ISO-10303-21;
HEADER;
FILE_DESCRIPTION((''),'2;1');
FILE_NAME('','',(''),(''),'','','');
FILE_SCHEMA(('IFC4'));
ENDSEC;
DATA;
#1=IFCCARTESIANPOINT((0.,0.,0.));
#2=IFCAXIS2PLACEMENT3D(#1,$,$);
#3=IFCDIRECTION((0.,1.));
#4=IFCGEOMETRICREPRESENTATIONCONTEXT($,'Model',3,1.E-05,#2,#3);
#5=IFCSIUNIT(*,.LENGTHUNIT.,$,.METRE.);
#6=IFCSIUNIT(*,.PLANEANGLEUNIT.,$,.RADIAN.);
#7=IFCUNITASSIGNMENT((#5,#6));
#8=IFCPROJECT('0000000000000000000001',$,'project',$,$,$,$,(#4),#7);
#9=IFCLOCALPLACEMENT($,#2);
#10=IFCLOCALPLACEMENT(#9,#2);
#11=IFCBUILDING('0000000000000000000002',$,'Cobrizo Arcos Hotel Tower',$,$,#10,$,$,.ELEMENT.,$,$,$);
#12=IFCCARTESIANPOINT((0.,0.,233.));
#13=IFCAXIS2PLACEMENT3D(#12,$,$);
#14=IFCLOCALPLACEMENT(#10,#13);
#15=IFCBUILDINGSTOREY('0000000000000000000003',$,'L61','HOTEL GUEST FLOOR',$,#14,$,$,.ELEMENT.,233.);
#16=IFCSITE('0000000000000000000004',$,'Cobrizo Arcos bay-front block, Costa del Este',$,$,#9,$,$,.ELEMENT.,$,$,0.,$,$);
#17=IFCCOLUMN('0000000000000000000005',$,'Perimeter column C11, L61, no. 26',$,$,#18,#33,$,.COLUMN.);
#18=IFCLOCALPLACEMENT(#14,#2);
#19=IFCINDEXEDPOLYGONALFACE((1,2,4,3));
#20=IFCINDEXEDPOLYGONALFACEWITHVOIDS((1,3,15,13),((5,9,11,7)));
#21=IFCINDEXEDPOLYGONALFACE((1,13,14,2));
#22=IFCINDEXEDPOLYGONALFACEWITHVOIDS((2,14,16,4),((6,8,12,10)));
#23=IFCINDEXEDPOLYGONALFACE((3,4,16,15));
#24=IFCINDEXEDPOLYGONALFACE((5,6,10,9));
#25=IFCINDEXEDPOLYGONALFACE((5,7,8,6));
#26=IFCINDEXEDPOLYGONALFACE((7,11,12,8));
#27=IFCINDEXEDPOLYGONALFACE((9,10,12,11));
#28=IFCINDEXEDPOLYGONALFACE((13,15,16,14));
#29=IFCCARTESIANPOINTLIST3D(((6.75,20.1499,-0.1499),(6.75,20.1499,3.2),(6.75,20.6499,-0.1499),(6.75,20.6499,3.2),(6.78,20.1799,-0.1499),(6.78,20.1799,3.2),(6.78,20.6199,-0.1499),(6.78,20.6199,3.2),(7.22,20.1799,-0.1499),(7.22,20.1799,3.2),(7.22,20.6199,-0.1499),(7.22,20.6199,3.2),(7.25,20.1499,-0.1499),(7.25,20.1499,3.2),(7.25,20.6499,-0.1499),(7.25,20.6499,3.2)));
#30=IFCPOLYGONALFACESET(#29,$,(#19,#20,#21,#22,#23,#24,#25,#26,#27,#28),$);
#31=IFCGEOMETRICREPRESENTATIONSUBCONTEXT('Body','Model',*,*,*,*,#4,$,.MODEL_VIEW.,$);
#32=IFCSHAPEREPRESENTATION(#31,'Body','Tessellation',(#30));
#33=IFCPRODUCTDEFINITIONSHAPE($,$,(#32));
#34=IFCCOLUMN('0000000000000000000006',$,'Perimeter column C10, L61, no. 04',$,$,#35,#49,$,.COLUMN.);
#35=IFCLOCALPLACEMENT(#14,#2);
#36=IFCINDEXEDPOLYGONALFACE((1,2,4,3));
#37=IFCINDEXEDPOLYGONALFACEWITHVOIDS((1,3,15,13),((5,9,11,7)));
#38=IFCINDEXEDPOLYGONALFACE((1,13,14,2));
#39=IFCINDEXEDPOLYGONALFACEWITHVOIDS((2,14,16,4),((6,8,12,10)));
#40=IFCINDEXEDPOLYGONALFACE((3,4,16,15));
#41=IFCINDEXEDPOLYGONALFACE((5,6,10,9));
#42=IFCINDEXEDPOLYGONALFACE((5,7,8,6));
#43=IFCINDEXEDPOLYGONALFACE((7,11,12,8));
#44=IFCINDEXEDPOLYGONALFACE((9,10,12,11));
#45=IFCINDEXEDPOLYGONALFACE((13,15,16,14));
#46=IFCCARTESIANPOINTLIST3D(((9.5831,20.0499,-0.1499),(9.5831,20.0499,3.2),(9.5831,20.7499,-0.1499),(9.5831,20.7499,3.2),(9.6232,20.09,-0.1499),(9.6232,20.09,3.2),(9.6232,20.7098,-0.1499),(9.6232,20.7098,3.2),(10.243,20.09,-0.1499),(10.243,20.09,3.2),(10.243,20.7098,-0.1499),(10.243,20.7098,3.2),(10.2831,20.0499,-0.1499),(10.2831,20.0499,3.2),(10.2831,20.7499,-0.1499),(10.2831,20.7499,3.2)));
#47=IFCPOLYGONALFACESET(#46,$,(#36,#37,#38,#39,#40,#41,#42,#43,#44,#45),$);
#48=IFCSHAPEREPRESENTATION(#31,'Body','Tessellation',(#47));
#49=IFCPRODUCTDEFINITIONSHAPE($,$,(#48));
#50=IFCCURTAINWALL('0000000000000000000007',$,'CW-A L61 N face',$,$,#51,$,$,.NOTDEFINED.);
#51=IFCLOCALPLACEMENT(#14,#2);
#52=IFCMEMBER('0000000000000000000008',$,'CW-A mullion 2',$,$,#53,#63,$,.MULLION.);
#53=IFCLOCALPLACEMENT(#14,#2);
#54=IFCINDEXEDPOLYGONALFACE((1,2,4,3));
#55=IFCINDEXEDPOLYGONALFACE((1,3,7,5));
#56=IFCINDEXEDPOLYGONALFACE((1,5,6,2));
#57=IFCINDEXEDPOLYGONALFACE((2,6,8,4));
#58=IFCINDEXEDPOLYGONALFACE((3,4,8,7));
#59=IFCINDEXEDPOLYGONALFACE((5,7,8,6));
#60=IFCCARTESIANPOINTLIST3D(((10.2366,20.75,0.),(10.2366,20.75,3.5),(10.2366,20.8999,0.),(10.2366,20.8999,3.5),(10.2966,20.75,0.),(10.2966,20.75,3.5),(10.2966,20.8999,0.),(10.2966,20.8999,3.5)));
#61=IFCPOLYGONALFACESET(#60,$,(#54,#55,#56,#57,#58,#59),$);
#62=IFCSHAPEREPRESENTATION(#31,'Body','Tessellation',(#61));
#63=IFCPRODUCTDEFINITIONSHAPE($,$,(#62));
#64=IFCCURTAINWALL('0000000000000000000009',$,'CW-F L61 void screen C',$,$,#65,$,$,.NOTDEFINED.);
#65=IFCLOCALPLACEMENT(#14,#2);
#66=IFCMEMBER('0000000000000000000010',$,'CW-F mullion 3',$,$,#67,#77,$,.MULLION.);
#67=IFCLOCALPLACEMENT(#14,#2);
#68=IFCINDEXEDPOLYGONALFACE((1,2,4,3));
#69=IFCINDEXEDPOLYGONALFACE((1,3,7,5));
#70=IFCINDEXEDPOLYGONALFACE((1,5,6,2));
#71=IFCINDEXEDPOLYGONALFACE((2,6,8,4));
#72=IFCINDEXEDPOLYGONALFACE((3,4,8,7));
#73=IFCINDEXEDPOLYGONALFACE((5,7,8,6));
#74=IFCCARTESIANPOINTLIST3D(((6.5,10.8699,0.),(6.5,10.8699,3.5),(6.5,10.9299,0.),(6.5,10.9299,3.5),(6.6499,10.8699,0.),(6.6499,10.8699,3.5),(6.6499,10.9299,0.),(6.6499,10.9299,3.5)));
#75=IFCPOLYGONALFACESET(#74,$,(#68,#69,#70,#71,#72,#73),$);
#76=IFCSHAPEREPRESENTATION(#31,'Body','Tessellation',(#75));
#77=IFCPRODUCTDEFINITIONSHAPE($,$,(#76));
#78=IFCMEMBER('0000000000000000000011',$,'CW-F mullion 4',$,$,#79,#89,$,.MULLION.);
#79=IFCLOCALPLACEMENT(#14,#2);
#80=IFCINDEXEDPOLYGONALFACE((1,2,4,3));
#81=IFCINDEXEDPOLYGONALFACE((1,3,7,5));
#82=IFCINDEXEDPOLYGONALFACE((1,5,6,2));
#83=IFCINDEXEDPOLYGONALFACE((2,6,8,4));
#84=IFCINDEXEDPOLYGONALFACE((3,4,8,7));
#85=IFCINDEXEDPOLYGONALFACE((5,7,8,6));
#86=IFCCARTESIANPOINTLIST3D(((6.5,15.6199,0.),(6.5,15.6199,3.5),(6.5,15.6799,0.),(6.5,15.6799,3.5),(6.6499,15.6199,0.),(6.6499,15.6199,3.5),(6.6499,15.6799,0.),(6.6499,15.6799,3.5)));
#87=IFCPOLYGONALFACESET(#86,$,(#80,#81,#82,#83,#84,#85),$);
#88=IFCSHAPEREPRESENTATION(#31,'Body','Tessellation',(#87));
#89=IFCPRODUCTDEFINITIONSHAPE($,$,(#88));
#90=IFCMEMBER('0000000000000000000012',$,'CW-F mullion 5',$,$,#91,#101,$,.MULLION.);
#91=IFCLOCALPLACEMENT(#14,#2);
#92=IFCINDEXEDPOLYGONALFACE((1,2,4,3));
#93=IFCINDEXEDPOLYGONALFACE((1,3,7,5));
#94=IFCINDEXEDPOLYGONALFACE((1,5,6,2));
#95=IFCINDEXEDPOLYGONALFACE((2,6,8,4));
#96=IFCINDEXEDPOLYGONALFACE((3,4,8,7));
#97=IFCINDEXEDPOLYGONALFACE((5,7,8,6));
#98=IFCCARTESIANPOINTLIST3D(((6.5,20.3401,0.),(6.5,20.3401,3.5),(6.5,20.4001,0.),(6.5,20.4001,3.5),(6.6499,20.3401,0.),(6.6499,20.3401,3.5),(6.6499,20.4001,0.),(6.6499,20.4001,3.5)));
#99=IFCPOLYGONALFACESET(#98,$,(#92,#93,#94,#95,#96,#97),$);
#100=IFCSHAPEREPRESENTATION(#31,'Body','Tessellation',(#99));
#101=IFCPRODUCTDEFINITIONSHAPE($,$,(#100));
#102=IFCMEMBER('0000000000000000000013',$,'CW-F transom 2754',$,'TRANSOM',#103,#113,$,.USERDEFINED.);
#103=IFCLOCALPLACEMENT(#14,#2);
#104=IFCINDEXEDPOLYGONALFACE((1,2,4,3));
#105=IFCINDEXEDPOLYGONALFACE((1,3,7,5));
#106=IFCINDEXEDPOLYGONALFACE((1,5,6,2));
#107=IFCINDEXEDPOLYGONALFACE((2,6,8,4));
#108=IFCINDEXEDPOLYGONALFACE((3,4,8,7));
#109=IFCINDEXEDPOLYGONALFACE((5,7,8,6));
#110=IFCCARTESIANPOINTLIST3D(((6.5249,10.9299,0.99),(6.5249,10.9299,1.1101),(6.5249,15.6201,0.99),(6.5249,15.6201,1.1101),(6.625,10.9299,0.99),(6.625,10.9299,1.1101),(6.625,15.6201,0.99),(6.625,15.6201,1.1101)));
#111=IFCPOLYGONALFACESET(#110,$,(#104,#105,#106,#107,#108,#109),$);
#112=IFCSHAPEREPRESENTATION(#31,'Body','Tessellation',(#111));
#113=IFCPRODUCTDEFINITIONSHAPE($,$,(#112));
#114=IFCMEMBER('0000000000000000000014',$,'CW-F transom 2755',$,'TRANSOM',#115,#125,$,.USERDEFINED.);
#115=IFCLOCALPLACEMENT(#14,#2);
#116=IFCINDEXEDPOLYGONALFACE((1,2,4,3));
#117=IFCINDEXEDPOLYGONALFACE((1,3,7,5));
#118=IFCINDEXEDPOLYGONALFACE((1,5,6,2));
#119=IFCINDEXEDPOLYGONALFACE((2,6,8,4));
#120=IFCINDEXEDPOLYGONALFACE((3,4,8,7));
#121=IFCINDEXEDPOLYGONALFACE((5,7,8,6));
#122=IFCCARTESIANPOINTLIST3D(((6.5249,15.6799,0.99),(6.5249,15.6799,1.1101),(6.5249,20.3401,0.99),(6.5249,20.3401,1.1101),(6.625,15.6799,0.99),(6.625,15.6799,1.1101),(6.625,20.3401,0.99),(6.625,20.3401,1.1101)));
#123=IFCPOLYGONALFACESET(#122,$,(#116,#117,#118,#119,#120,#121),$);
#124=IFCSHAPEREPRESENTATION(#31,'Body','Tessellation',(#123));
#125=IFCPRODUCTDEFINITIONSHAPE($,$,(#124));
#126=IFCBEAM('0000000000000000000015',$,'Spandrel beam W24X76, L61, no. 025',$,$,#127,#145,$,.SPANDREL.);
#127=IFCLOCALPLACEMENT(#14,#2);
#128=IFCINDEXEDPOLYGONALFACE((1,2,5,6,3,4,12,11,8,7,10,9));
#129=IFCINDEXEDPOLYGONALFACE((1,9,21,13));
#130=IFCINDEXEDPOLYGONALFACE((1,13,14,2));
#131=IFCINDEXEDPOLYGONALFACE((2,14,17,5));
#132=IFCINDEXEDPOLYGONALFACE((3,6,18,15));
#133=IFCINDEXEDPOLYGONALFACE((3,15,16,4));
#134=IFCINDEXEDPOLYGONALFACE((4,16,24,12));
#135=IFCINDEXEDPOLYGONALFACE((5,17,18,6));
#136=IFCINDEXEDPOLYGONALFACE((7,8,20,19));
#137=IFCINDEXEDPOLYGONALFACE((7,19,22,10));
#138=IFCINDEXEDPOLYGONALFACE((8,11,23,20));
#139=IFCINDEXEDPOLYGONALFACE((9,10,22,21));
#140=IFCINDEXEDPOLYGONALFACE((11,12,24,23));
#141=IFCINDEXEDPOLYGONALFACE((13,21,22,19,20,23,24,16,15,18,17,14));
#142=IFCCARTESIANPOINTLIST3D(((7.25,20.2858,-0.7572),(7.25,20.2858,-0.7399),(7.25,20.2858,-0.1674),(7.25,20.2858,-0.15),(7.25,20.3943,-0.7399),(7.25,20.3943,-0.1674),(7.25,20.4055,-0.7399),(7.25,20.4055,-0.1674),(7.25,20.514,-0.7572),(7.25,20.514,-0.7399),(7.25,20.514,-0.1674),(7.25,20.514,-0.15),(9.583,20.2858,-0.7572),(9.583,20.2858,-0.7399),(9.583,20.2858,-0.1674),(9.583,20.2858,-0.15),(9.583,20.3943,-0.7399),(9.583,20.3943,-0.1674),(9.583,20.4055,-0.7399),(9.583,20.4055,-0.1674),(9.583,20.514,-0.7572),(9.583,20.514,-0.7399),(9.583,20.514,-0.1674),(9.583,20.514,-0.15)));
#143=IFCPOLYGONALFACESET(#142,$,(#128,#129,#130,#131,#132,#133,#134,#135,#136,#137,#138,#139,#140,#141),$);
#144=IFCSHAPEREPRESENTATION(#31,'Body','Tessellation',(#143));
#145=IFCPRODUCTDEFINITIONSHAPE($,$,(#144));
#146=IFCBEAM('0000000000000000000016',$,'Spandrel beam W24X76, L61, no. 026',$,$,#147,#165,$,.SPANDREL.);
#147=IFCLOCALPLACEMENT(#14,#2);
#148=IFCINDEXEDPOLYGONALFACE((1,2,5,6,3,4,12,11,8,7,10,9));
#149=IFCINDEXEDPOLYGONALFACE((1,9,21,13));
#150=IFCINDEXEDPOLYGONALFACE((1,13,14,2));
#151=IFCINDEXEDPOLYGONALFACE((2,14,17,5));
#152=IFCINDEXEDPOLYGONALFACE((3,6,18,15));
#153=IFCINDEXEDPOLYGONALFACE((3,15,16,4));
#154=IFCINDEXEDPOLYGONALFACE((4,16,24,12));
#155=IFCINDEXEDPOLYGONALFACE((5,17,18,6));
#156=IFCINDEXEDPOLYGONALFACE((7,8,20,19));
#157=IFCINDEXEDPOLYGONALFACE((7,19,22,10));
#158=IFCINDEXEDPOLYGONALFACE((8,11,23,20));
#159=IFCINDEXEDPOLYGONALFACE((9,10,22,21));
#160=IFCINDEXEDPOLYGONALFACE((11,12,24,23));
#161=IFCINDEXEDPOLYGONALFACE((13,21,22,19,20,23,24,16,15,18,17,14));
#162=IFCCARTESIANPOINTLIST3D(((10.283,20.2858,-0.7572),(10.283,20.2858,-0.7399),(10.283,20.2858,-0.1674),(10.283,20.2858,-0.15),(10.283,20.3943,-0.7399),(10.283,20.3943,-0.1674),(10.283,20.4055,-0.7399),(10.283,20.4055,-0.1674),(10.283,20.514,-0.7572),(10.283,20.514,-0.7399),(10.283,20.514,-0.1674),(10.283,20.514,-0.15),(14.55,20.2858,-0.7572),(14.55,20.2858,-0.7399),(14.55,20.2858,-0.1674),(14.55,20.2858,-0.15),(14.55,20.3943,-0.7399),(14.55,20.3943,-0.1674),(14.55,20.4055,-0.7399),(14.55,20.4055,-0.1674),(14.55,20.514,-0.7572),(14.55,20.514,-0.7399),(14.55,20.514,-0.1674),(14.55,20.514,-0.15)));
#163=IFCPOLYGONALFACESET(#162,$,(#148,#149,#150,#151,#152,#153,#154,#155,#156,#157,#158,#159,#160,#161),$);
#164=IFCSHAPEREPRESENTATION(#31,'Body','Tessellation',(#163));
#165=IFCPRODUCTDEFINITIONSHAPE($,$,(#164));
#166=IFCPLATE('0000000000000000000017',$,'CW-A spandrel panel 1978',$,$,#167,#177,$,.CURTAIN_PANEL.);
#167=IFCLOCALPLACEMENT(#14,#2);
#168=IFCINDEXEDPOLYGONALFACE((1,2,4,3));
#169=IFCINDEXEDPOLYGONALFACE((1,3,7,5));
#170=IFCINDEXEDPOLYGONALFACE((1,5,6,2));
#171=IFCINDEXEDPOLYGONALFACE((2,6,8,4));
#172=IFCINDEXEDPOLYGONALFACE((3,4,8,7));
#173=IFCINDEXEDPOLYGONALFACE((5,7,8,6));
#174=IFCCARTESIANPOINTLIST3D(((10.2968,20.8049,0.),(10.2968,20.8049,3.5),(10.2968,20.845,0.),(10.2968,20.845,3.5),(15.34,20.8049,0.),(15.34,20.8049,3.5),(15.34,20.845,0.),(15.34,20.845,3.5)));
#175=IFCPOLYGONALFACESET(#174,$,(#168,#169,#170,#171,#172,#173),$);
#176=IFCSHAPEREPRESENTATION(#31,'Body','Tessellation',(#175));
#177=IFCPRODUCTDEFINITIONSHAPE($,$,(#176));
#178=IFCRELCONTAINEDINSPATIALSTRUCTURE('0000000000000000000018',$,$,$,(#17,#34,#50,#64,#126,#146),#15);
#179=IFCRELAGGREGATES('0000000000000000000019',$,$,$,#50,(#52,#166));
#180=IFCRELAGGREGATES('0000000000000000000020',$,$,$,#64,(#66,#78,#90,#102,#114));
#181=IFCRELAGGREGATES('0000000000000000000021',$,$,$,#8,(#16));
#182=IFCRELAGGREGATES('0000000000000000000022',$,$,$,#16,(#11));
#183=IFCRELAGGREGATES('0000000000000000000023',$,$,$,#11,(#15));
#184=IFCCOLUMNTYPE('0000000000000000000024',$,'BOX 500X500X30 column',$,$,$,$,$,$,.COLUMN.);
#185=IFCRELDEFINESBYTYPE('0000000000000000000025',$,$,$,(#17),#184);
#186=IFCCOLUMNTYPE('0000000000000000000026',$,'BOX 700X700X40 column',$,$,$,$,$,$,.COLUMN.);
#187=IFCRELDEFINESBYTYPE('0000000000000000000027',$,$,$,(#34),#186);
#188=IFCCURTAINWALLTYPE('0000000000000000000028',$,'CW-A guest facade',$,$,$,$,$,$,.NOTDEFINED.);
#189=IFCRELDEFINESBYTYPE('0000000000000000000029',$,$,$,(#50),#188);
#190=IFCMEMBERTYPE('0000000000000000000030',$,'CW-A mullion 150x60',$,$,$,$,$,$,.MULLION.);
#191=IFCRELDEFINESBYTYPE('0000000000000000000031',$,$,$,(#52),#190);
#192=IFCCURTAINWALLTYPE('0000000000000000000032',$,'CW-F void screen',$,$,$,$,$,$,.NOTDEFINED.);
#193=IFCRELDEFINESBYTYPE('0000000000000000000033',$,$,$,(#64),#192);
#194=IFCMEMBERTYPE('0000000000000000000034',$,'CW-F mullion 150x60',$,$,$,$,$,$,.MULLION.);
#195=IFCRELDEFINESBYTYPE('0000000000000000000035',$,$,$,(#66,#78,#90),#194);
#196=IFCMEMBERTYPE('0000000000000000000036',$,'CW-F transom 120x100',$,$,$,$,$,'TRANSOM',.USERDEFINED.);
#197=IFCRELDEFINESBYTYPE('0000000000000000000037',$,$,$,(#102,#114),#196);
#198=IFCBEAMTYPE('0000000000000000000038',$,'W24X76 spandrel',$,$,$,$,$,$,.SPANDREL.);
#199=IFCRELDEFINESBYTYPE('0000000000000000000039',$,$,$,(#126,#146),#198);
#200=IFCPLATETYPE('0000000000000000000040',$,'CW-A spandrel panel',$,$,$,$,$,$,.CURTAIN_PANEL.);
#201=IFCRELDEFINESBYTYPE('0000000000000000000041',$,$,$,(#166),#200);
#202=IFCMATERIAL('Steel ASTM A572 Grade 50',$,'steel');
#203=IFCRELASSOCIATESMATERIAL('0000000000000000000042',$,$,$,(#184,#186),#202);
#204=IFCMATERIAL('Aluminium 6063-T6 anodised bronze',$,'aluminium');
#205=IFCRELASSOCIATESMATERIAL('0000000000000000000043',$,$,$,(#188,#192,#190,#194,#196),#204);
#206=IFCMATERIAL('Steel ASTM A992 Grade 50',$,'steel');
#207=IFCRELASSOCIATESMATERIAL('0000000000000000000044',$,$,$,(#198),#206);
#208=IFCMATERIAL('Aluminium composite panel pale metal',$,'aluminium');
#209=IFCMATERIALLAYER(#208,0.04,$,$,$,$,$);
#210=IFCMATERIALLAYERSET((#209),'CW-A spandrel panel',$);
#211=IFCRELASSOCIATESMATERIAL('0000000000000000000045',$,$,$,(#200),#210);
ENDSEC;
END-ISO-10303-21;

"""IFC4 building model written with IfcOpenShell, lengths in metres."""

from ifc_helpers import new_model, si_unit, direction, frame, origin, origin_2d, place, context, subcontext, project, spatial, rectangle, hollow_rectangle, i_section, extrude, material, layer, layer_set, material_profile, profile_set, type_object, element, aggregate, save


model = new_model("IFC4")

# Units and contexts
model_context = context("Model", 3, precision=1e-05, world=origin(), true_north=direction((0.0, 1.0)))
body_context = subcontext(model_context, "Body", "Model", "MODEL_VIEW")
ifc_project = project(units=[si_unit("LENGTHUNIT", "METRE"), si_unit("PLANEANGLEUNIT", "RADIAN")], contexts=[model_context])

# Site, building, storey
site_placement = place(None, origin())
site = spatial("IfcSite", under=ifc_project, at=site_placement, Name="Cobrizo Arcos bay-front block, Costa del Este", CompositionType="ELEMENT", RefElevation=0.0)
building_placement = place(site_placement, origin())
building = spatial("IfcBuilding", under=site, at=building_placement, Name="Cobrizo Arcos Hotel Tower", CompositionType="ELEMENT")
storey_placement = place(building_placement, frame((0.0, 0.0, 233.0)))
storey = spatial("IfcBuildingStorey", under=building, at=storey_placement, Name="L61", Description="HOTEL GUEST FLOOR", CompositionType="ELEMENT", Elevation=233.0)

# Columns
ifc_material_1 = material(Name="Steel ASTM A572 Grade 50", Category="steel")
ifc_material_profile_1 = material_profile(ifc_material_1, hollow_rectangle(XDim=0.5, YDim=0.5, WallThickness=0.03, at=origin_2d()), Name="BOX 500X500X30")
ifc_profile_set_1 = profile_set([ifc_material_profile_1], Name="Steel ASTM A572 Grade 50")
column_type_1 = type_object("IfcColumnType", Name="BOX 500X500X30 column", PredefinedType="COLUMN", material=ifc_profile_set_1)
column_1_placement = place(storey_placement, frame((7.0, 20.3999, -0.1499), z_axis=(0.0, 0.0, 1.0), x_axis=(1.0, 0.0, 0.0)))
element("IfcColumn", 1, at=column_1_placement, inside=storey, type_object=column_type_1, Name="Perimeter column C11, L61, no. 26", PredefinedType="COLUMN", context=body_context, shape_type="SweptSolid", body=[
    extrude(hollow_rectangle(XDim=0.5, YDim=0.5, WallThickness=0.03, at=origin_2d()), origin(), (0.0, 0.0, 1.0), 3.3499),
])
ifc_material_profile_2 = material_profile(ifc_material_1, hollow_rectangle(XDim=0.7, YDim=0.7, WallThickness=0.04, at=origin_2d()), Name="BOX 700X700X40")
ifc_profile_set_2 = profile_set([ifc_material_profile_2], Name="Steel ASTM A572 Grade 50")
column_type_2 = type_object("IfcColumnType", Name="BOX 700X700X40 column", PredefinedType="COLUMN", material=ifc_profile_set_2)
column_2_placement = place(storey_placement, frame((9.9331, 20.3999, -0.1499), z_axis=(0.0, 0.0, 1.0), x_axis=(1.0, 0.0, 0.0)))
element("IfcColumn", 2, at=column_2_placement, inside=storey, type_object=column_type_2, Name="Perimeter column C10, L61, no. 04", PredefinedType="COLUMN", context=body_context, shape_type="SweptSolid", body=[
    extrude(hollow_rectangle(XDim=0.7, YDim=0.7, WallThickness=0.04, at=origin_2d()), origin(), (0.0, 0.0, 1.0), 3.3499),
])

# Curtain wall, member
ifc_material_2 = material(Name="Aluminium 6063-T6 anodised bronze", Category="aluminium")
curtain_wall_type_1 = type_object("IfcCurtainWallType", Name="CW-A guest facade", PredefinedType="NOTDEFINED", material=ifc_material_2)
curtain_wall_1_placement = place(storey_placement, origin())
curtain_wall_1 = element("IfcCurtainWall", 3, at=curtain_wall_1_placement, inside=storey, type_object=curtain_wall_type_1, Name="CW-A L61 N face", PredefinedType="NOTDEFINED")
ifc_material_profile_3 = material_profile(ifc_material_2, rectangle(XDim=0.1499, YDim=0.0601, at=origin_2d()), Name="CW-A mullion 150x60")
ifc_profile_set_3 = profile_set([ifc_material_profile_3], Name="Aluminium 6063-T6 anodised bronze")
member_type_1 = type_object("IfcMemberType", Name="CW-A mullion 150x60", PredefinedType="MULLION", material=ifc_profile_set_3)
member_1_placement = place(storey_placement, frame((10.2666, 20.825, 0.0), z_axis=(0.0, 0.0, 1.0), x_axis=(0.0, 1.0, 0.0)))
member_1 = element("IfcMember", 4, at=member_1_placement, type_object=member_type_1, Name="CW-A mullion 2", PredefinedType="MULLION", context=body_context, shape_type="SweptSolid", body=[
    extrude(rectangle(XDim=0.1499, YDim=0.0601, at=origin_2d()), origin(), (0.0, 0.0, 1.0), 3.5),
])

# Curtain wall, members
curtain_wall_type_2 = type_object("IfcCurtainWallType", Name="CW-F void screen", PredefinedType="NOTDEFINED", material=ifc_material_2)
curtain_wall_2_placement = place(storey_placement, origin())
curtain_wall_2 = element("IfcCurtainWall", 5, at=curtain_wall_2_placement, inside=storey, type_object=curtain_wall_type_2, Name="CW-F L61 void screen C", PredefinedType="NOTDEFINED")
ifc_material_profile_4 = material_profile(ifc_material_2, rectangle(XDim=0.1499, YDim=0.0601, at=origin_2d()), Name="CW-F mullion 150x60")
ifc_profile_set_4 = profile_set([ifc_material_profile_4], Name="Aluminium 6063-T6 anodised bronze")
member_type_2 = type_object("IfcMemberType", Name="CW-F mullion 150x60", PredefinedType="MULLION", material=ifc_profile_set_4)
member_2_placement = place(storey_placement, frame((6.575, 10.8999, 0.0), z_axis=(0.0, 0.0, 1.0), x_axis=(1.0, 0.0, 0.0)))
member_2 = element("IfcMember", 6, at=member_2_placement, type_object=member_type_2, Name="CW-F mullion 3", PredefinedType="MULLION", context=body_context, shape_type="SweptSolid", body=[
    extrude(rectangle(XDim=0.1499, YDim=0.0601, at=origin_2d()), origin(), (0.0, 0.0, 1.0), 3.5),
])
member_3_placement = place(storey_placement, frame((6.575, 15.6499, 0.0), z_axis=(0.0, 0.0, 1.0), x_axis=(1.0, 0.0, 0.0)))
member_3 = element("IfcMember", 7, at=member_3_placement, type_object=member_type_2, Name="CW-F mullion 4", PredefinedType="MULLION", context=body_context, shape_type="SweptSolid", body=[
    extrude(rectangle(XDim=0.1499, YDim=0.0601, at=origin_2d()), origin(), (0.0, 0.0, 1.0), 3.5),
])
member_4_placement = place(storey_placement, frame((6.575, 20.3701, 0.0), z_axis=(0.0, 0.0, 1.0), x_axis=(1.0, 0.0, 0.0)))
member_4 = element("IfcMember", 8, at=member_4_placement, type_object=member_type_2, Name="CW-F mullion 5", PredefinedType="MULLION", context=body_context, shape_type="SweptSolid", body=[
    extrude(rectangle(XDim=0.1499, YDim=0.0601, at=origin_2d()), origin(), (0.0, 0.0, 1.0), 3.5),
])
ifc_material_profile_5 = material_profile(ifc_material_2, rectangle(XDim=0.1001, YDim=0.1201, at=origin_2d()), Name="CW-F transom 120x100")
ifc_profile_set_5 = profile_set([ifc_material_profile_5], Name="Aluminium 6063-T6 anodised bronze")
member_type_3 = type_object("IfcMemberType", Name="CW-F transom 120x100", ElementType="TRANSOM", PredefinedType="USERDEFINED", material=ifc_profile_set_5)
member_5_placement = place(storey_placement, frame((6.575, 10.9299, 1.05), z_axis=(0.0, 1.0, 0.0), x_axis=(-1.0, 0.0, 0.0)))
member_5 = element("IfcMember", 9, at=member_5_placement, type_object=member_type_3, Name="CW-F transom 2754", ObjectType="TRANSOM", PredefinedType="USERDEFINED", context=body_context, shape_type="SweptSolid", body=[
    extrude(rectangle(XDim=0.1001, YDim=0.1201, at=origin_2d()), origin(), (0.0, 0.0, 1.0), 4.6902),
])
member_6_placement = place(storey_placement, frame((6.575, 15.6799, 1.05), z_axis=(0.0, 1.0, 0.0), x_axis=(-1.0, 0.0, 0.0)))
member_6 = element("IfcMember", 10, at=member_6_placement, type_object=member_type_3, Name="CW-F transom 2755", ObjectType="TRANSOM", PredefinedType="USERDEFINED", context=body_context, shape_type="SweptSolid", body=[
    extrude(rectangle(XDim=0.1001, YDim=0.1201, at=origin_2d()), origin(), (0.0, 0.0, 1.0), 4.6602),
])

# Beams
ifc_material_3 = material(Name="Steel ASTM A992 Grade 50", Category="steel")
ifc_material_profile_6 = material_profile(ifc_material_3, i_section(OverallWidth=0.2283, OverallDepth=0.6072, WebThickness=0.0112, FlangeThickness=0.0173, at=origin_2d()), Name="W24X76")
ifc_profile_set_6 = profile_set([ifc_material_profile_6], Name="Steel ASTM A992 Grade 50")
beam_type = type_object("IfcBeamType", Name="W24X76 spandrel", PredefinedType="SPANDREL", material=ifc_profile_set_6)
beam_1_placement = place(storey_placement, frame((7.25, 20.3999, -0.4536), z_axis=(1.0, 0.0, 0.0), x_axis=(0.0, 1.0, 0.0)))
element("IfcBeam", 11, at=beam_1_placement, inside=storey, type_object=beam_type, Name="Spandrel beam W24X76, L61, no. 025", PredefinedType="SPANDREL", context=body_context, shape_type="SweptSolid", body=[
    extrude(i_section(OverallWidth=0.2283, OverallDepth=0.6072, WebThickness=0.0112, FlangeThickness=0.0173, at=origin_2d()), origin(), (0.0, 0.0, 1.0), 2.333),
])
beam_2_placement = place(storey_placement, frame((10.283, 20.3999, -0.4536), z_axis=(1.0, 0.0, 0.0), x_axis=(0.0, 1.0, 0.0)))
element("IfcBeam", 12, at=beam_2_placement, inside=storey, type_object=beam_type, Name="Spandrel beam W24X76, L61, no. 026", PredefinedType="SPANDREL", context=body_context, shape_type="SweptSolid", body=[
    extrude(i_section(OverallWidth=0.2283, OverallDepth=0.6072, WebThickness=0.0112, FlangeThickness=0.0173, at=origin_2d()), origin(), (0.0, 0.0, 1.0), 4.2671),
])

# Plate
ifc_material_4 = material(Name="Aluminium composite panel pale metal", Category="aluminium")
ifc_layer_1 = layer(ifc_material_4, 0.04)
ifc_layer_set_1 = layer_set([ifc_layer_1], Name="CW-A spandrel panel")
plate_type_1 = type_object("IfcPlateType", Name="CW-A spandrel panel", PredefinedType="CURTAIN_PANEL", material=ifc_layer_set_1)
plate_1_placement = place(storey_placement, frame((12.8184, 20.825, 0.0), z_axis=(0.0, 0.0, 1.0), x_axis=(-1.0, 0.0, 0.0)))
plate_1 = element("IfcPlate", 13, at=plate_1_placement, type_object=plate_type_1, Name="CW-A spandrel panel 1978", PredefinedType="CURTAIN_PANEL", context=body_context, shape_type="SweptSolid", body=[
    extrude(rectangle(XDim=5.0432, YDim=0.04, at=origin_2d()), origin(), (0.0, 0.0, 1.0), 3.5),
])
aggregate(curtain_wall_1, [member_1, plate_1])
aggregate(curtain_wall_2, [member_2, member_3, member_4, member_5, member_6])

save(model, "model.ifc")
